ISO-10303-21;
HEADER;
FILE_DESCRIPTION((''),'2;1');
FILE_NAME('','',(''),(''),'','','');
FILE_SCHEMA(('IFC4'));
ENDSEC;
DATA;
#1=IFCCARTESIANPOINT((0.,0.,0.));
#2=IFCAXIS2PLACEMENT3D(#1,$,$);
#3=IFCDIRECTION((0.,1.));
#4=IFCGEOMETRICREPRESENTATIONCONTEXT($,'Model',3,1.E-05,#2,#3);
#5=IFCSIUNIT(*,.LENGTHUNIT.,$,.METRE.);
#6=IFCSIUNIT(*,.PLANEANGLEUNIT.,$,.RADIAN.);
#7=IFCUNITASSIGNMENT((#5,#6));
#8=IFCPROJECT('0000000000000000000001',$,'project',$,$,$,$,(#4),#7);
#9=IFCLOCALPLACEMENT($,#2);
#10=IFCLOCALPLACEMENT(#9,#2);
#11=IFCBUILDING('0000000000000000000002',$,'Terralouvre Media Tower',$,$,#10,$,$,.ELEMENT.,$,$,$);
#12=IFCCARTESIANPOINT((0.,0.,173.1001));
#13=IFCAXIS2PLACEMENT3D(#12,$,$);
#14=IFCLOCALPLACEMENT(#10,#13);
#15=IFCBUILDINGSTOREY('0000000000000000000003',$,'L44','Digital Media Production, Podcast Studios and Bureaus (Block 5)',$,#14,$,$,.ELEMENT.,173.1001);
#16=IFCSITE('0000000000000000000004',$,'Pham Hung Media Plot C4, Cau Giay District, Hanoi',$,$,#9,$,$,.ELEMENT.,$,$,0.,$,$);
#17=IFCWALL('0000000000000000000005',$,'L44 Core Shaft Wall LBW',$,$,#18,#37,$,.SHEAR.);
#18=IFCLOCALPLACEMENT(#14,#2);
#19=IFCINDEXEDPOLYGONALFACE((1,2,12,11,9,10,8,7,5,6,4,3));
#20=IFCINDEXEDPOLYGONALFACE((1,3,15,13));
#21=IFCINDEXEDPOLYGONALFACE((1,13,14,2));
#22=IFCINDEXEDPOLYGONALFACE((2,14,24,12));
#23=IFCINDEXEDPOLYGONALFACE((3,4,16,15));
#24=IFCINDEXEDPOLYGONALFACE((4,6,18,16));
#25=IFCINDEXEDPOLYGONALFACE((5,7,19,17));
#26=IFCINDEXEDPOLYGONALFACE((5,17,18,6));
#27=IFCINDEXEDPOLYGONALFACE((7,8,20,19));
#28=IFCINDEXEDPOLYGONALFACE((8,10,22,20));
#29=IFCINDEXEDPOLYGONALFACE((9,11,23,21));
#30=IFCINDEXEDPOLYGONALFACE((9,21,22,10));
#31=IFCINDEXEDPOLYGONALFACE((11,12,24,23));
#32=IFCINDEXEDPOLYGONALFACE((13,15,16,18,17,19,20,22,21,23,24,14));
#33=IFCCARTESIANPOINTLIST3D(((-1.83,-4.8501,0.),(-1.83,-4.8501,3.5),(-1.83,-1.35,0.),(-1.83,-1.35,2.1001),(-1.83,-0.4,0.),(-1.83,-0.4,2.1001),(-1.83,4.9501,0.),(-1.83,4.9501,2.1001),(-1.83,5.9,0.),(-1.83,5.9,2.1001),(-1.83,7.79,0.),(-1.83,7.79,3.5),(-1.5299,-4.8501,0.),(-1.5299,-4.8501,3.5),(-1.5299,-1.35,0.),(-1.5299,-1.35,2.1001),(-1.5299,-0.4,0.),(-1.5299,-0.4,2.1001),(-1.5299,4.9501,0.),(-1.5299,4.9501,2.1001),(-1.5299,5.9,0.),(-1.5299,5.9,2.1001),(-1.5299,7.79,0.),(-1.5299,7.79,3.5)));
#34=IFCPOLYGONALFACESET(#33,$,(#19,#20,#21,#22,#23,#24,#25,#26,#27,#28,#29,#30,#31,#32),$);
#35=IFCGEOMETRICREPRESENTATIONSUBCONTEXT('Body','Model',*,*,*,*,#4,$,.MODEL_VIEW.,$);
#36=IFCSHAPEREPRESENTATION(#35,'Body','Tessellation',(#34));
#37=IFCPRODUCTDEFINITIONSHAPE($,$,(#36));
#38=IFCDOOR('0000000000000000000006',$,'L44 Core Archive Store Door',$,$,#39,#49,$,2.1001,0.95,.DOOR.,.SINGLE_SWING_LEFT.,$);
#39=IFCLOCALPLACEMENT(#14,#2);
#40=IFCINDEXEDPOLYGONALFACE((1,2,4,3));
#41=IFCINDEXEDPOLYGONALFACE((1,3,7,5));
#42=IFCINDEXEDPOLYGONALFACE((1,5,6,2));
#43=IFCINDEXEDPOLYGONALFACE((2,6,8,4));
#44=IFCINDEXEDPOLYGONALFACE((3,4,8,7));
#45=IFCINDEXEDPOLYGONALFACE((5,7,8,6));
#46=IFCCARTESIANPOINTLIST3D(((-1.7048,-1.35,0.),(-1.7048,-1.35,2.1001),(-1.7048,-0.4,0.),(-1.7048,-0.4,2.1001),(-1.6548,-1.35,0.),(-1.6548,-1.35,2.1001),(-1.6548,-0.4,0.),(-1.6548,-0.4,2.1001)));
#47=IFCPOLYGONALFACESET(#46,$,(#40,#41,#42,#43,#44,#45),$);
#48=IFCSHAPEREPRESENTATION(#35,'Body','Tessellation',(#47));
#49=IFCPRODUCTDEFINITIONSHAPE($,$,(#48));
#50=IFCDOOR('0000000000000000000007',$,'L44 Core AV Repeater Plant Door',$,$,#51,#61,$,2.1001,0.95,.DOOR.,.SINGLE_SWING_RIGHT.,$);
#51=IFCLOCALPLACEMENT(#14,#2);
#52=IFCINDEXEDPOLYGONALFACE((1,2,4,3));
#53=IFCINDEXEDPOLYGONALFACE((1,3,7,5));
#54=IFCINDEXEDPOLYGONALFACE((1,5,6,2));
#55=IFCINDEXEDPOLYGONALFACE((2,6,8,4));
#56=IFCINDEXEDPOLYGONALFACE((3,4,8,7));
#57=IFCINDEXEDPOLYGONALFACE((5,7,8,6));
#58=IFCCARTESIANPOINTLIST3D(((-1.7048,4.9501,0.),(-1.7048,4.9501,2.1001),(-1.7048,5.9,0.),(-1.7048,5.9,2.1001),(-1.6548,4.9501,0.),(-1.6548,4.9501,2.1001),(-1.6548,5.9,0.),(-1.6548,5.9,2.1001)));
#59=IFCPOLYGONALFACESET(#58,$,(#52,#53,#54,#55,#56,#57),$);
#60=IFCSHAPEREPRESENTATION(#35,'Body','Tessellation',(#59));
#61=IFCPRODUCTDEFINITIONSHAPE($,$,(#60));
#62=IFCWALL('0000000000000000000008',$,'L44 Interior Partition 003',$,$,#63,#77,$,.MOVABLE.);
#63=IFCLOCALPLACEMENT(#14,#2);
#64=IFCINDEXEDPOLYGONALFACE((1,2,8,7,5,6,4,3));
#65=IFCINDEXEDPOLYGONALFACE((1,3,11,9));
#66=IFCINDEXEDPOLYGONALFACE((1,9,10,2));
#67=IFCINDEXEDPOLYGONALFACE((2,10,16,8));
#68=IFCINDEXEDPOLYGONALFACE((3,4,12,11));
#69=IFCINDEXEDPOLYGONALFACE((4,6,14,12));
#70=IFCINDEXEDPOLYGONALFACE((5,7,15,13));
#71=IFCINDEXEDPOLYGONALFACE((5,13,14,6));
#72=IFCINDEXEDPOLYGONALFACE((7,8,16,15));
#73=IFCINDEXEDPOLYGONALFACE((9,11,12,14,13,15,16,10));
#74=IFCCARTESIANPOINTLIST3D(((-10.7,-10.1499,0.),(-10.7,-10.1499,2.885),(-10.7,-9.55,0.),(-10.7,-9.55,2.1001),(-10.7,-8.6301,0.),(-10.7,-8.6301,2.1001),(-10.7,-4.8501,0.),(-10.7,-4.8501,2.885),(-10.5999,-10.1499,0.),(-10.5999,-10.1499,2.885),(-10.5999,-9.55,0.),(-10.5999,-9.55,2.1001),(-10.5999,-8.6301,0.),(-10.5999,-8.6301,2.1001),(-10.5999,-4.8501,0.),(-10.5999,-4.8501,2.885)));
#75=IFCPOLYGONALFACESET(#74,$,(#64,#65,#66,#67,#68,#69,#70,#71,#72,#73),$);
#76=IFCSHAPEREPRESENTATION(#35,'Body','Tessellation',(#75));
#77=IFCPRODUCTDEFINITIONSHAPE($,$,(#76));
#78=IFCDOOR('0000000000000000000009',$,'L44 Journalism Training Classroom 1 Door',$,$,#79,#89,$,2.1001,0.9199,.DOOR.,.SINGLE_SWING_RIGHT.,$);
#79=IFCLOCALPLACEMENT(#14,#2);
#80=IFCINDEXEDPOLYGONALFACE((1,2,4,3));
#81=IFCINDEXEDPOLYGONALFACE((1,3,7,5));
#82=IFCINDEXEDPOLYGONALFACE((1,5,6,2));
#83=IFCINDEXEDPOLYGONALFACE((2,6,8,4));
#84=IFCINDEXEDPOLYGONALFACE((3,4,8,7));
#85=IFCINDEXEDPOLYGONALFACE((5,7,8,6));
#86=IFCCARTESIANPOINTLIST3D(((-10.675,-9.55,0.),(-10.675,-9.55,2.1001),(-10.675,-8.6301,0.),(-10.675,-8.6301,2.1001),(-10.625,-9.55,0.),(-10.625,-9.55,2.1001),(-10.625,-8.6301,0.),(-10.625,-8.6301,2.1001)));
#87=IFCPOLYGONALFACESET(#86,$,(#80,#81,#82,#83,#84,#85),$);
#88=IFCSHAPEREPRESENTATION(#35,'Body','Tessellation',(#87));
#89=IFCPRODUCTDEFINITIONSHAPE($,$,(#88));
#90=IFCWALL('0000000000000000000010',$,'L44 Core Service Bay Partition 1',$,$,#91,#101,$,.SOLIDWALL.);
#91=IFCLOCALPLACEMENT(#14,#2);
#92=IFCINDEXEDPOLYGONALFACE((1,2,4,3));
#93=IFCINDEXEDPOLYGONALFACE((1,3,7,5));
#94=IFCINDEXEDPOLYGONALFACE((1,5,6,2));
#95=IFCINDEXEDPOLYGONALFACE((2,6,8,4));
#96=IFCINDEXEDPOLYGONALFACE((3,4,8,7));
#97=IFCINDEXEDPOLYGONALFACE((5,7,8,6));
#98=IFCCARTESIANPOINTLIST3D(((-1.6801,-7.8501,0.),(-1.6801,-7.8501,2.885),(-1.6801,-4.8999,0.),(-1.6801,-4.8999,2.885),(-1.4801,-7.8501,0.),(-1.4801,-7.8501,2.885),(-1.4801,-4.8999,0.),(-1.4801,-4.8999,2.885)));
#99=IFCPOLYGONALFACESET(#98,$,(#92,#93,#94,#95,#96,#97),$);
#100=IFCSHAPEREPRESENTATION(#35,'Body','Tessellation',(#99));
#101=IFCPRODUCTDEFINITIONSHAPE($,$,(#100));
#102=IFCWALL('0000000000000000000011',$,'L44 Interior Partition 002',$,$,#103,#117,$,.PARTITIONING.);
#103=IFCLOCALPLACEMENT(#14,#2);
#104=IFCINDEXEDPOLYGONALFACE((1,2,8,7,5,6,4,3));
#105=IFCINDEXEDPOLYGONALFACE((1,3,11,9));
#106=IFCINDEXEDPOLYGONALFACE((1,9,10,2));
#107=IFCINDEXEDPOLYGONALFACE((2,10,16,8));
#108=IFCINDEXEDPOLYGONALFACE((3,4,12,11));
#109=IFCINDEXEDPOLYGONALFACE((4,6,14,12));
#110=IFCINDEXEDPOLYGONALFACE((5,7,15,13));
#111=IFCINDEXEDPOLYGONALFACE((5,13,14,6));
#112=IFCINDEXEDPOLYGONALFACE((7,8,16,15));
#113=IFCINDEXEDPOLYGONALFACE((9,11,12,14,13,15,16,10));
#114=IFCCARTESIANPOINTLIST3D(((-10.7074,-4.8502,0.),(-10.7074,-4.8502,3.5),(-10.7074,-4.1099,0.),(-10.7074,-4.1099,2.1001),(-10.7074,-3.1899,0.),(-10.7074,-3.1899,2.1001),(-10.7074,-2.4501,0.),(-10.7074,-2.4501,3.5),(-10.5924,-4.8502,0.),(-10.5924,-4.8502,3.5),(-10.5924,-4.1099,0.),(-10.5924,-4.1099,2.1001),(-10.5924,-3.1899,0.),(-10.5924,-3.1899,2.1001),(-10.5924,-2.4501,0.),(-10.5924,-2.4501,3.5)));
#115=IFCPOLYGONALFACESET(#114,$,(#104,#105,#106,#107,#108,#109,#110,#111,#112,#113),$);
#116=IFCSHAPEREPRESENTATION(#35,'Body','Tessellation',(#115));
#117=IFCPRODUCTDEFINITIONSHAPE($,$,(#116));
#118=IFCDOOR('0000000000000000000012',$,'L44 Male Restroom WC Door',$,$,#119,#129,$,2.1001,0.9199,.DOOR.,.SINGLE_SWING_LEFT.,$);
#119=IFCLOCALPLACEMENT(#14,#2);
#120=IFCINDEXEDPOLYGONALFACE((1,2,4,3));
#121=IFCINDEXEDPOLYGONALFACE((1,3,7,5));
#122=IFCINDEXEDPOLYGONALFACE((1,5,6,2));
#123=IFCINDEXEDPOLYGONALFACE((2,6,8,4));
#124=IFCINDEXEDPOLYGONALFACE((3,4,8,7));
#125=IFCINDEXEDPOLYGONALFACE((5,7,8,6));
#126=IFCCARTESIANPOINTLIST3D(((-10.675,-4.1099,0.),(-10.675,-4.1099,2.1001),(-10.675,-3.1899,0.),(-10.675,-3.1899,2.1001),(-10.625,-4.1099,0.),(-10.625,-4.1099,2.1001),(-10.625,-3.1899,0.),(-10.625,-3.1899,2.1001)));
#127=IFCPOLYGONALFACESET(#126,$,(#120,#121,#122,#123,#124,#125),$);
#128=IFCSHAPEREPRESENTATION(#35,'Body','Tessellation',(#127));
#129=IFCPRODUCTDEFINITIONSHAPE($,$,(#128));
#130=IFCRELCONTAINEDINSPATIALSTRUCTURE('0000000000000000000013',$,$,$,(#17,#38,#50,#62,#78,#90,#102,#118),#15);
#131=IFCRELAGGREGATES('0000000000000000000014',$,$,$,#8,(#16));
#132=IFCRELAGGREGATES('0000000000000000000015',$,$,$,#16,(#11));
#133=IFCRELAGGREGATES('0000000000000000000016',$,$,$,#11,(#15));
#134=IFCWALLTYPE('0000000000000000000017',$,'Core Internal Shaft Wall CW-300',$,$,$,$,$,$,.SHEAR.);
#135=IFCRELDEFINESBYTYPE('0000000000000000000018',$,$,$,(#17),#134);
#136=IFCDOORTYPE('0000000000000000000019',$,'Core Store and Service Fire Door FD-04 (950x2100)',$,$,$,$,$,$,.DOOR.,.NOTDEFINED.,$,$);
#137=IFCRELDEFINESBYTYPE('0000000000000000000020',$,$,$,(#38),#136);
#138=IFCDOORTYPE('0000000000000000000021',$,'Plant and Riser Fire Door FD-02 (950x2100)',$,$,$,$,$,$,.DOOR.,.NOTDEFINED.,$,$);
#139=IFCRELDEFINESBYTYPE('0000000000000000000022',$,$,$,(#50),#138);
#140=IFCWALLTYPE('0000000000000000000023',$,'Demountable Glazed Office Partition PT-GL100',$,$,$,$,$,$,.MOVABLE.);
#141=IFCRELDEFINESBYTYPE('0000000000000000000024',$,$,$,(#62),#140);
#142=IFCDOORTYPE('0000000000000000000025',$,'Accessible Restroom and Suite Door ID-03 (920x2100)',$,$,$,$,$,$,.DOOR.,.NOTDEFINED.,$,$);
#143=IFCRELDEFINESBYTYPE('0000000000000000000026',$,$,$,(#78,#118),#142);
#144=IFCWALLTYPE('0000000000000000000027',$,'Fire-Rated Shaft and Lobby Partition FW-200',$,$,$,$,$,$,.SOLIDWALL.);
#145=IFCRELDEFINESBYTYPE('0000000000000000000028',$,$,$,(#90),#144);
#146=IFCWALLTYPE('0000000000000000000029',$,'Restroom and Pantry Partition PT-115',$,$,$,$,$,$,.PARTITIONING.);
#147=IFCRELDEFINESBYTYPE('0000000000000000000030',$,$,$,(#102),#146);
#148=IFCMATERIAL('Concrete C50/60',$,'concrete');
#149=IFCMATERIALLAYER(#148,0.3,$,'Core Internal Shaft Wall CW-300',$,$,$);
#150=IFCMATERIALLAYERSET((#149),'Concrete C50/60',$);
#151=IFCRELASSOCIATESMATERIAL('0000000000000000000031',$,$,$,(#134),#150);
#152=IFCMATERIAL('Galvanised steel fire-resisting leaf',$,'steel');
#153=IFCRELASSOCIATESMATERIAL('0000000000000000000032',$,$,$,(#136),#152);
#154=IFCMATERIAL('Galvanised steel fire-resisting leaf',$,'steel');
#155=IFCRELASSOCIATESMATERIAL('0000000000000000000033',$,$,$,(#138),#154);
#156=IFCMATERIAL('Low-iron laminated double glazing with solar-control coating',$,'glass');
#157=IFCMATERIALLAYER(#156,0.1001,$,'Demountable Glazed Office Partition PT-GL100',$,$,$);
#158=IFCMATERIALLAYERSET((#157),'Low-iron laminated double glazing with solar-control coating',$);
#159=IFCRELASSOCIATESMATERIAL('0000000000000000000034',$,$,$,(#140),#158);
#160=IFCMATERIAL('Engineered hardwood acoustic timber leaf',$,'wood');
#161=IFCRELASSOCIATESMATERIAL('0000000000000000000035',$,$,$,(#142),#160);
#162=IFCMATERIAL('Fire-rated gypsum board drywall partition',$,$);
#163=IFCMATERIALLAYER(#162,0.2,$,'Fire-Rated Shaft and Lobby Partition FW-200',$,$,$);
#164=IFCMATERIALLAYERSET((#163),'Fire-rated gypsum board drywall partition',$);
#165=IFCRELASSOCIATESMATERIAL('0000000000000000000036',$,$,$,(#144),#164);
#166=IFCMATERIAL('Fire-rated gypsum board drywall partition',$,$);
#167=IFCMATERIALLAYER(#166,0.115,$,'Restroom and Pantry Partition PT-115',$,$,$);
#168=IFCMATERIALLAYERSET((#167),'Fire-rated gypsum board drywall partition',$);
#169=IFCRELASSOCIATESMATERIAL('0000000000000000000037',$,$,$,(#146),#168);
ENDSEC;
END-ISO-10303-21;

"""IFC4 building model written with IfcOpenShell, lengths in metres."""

from ifc_helpers import new_model, si_unit, direction, frame, frame_2d, origin, place, context, subcontext, project, spatial, rectangle, extrude, material, layer, layer_set, type_object, element, fill, save


model = new_model("IFC4")

# Units and contexts
model_context = context("Model", 3, precision=1e-05, world=origin(), true_north=direction((0.0, 1.0)))
body_context = subcontext(model_context, "Body", "Model", "MODEL_VIEW")
ifc_project = project(units=[si_unit("LENGTHUNIT", "METRE"), si_unit("PLANEANGLEUNIT", "RADIAN")], contexts=[model_context])

# Site, building, storey
site_placement = place(None, origin())
site = spatial("IfcSite", under=ifc_project, at=site_placement, Name="Pham Hung Media Plot C4, Cau Giay District, Hanoi", CompositionType="ELEMENT", RefElevation=0.0)
building_placement = place(site_placement, origin())
building = spatial("IfcBuilding", under=site, at=building_placement, Name="Terralouvre Media Tower", CompositionType="ELEMENT")
storey_placement = place(building_placement, frame((0.0, 0.0, 173.1001)))
storey = spatial("IfcBuildingStorey", under=building, at=storey_placement, Name="L44", Description="Digital Media Production, Podcast Studios and Bureaus (Block 5)", CompositionType="ELEMENT", Elevation=173.1001)

# Shared definitions
ifc_material_1 = material(Name="Concrete C50/60", Category="concrete")
ifc_layer_1 = layer(ifc_material_1, 0.3, Name="Core Internal Shaft Wall CW-300")
ifc_layer_set_1 = layer_set([ifc_layer_1], Name="Concrete C50/60")
wall_type_1 = type_object("IfcWallType", Name="Core Internal Shaft Wall CW-300", PredefinedType="SHEAR", material=ifc_layer_set_1)

# Wall, openings, doors
wall_1_placement = place(storey_placement, frame((-1.6799, -4.8501, 0.0), z_axis=(0.0, 0.0, 1.0), x_axis=(0.0, 1.0, 0.0)))
wall_1 = element("IfcWall", 1, at=wall_1_placement, inside=storey, type_object=wall_type_1, Name="L44 Core Shaft Wall LBW", PredefinedType="SHEAR", context=body_context, shape_type="SweptSolid", body=[
    extrude(rectangle(XDim=12.6401, YDim=0.3, at=frame_2d((6.3201, 0.0))), origin(), (0.0, 0.0, 1.0), 3.5),
])
opening_1_placement = place(wall_1_placement, frame((3.5, 0.0, 0.0)))
opening_1 = element("IfcOpeningElement", 2, at=opening_1_placement, cuts=wall_1, PredefinedType="OPENING", context=body_context, shape_type="SweptSolid", body=[
    extrude(rectangle(XDim=0.95, YDim=2.1001, at=frame_2d((0.4751, 1.05))), frame((0.0, 0.1599, 0.0), z_axis=(0.0, -1.0, 0.0), x_axis=(1.0, 0.0, 0.0)), (0.0, 0.0, 1.0), 0.3201),
])
opening_2_placement = place(wall_1_placement, frame((9.8, 0.0, 0.0)))
opening_2 = element("IfcOpeningElement", 3, at=opening_2_placement, cuts=wall_1, PredefinedType="OPENING", context=body_context, shape_type="SweptSolid", body=[
    extrude(rectangle(XDim=0.95, YDim=2.1001, at=frame_2d((0.4751, 1.05))), frame((0.0, 0.1599, 0.0), z_axis=(0.0, -1.0, 0.0), x_axis=(1.0, 0.0, 0.0)), (0.0, 0.0, 1.0), 0.3201),
])
ifc_material_2 = material(Name="Galvanised steel fire-resisting leaf", Category="steel")
door_type_1 = type_object("IfcDoorType", Name="Core Store and Service Fire Door FD-04 (950x2100)", OperationType="NOTDEFINED", PredefinedType="DOOR", material=ifc_material_2)
door_1_placement = place(opening_1_placement, origin())
door_1 = element("IfcDoor", 4, at=door_1_placement, inside=storey, type_object=door_type_1, Name="L44 Core Archive Store Door", OperationType="SINGLE_SWING_LEFT", OverallHeight=2.1001, OverallWidth=0.95, PredefinedType="DOOR", context=body_context, shape_type="SweptSolid", body=[
    extrude(rectangle(XDim=0.95, YDim=2.1001, at=frame_2d((0.4751, 1.05))), frame((0.0, 0.0249, 0.0), z_axis=(0.0, -1.0, 0.0), x_axis=(1.0, 0.0, 0.0)), (0.0, 0.0, 1.0), 0.05),
])
fill(opening_1, door_1)
ifc_material_3 = material(Name="Galvanised steel fire-resisting leaf", Category="steel")
door_type_2 = type_object("IfcDoorType", Name="Plant and Riser Fire Door FD-02 (950x2100)", OperationType="NOTDEFINED", PredefinedType="DOOR", material=ifc_material_3)
door_2_placement = place(opening_2_placement, origin())
door_2 = element("IfcDoor", 5, at=door_2_placement, inside=storey, type_object=door_type_2, Name="L44 Core AV Repeater Plant Door", OperationType="SINGLE_SWING_RIGHT", OverallHeight=2.1001, OverallWidth=0.95, PredefinedType="DOOR", context=body_context, shape_type="SweptSolid", body=[
    extrude(rectangle(XDim=0.95, YDim=2.1001, at=frame_2d((0.4751, 1.05))), frame((0.0, 0.0249, 0.0), z_axis=(0.0, -1.0, 0.0), x_axis=(1.0, 0.0, 0.0)), (0.0, 0.0, 1.0), 0.05),
])
fill(opening_2, door_2)

# Wall, opening, door
ifc_material_4 = material(Name="Low-iron laminated double glazing with solar-control coating", Category="glass")
ifc_layer_2 = layer(ifc_material_4, 0.1001, Name="Demountable Glazed Office Partition PT-GL100")
ifc_layer_set_2 = layer_set([ifc_layer_2], Name="Low-iron laminated double glazing with solar-control coating")
wall_type_2 = type_object("IfcWallType", Name="Demountable Glazed Office Partition PT-GL100", PredefinedType="MOVABLE", material=ifc_layer_set_2)
wall_2_placement = place(storey_placement, frame((-10.6499, -4.8501, 0.0), z_axis=(0.0, 0.0, 1.0), x_axis=(0.0, -1.0, 0.0)))
wall_2 = element("IfcWall", 6, at=wall_2_placement, inside=storey, type_object=wall_type_2, Name="L44 Interior Partition 003", PredefinedType="MOVABLE", context=body_context, shape_type="SweptSolid", body=[
    extrude(rectangle(XDim=5.2998, YDim=0.1001, at=frame_2d((2.6499, 0.0))), origin(), (0.0, 0.0, 1.0), 2.885),
])
opening_3_placement = place(wall_2_placement, frame((3.78, 0.0, 0.0)))
opening_3 = element("IfcOpeningElement", 7, at=opening_3_placement, cuts=wall_2, PredefinedType="OPENING", context=body_context, shape_type="SweptSolid", body=[
    extrude(rectangle(XDim=0.9199, YDim=2.1001, at=frame_2d((0.46, 1.05))), frame((0.0, 0.0601, 0.0), z_axis=(0.0, -1.0, 0.0), x_axis=(1.0, 0.0, 0.0)), (0.0, 0.0, 1.0), 0.1201),
])
ifc_material_5 = material(Name="Engineered hardwood acoustic timber leaf", Category="wood")
door_type_3 = type_object("IfcDoorType", Name="Accessible Restroom and Suite Door ID-03 (920x2100)", OperationType="NOTDEFINED", PredefinedType="DOOR", material=ifc_material_5)
door_3_placement = place(opening_3_placement, origin())
door_3 = element("IfcDoor", 8, at=door_3_placement, inside=storey, type_object=door_type_3, Name="L44 Journalism Training Classroom 1 Door", OperationType="SINGLE_SWING_RIGHT", OverallHeight=2.1001, OverallWidth=0.9199, PredefinedType="DOOR", context=body_context, shape_type="SweptSolid", body=[
    extrude(rectangle(XDim=0.9199, YDim=2.1001, at=frame_2d((0.46, 1.05))), frame((0.0, 0.0249, 0.0), z_axis=(0.0, -1.0, 0.0), x_axis=(1.0, 0.0, 0.0)), (0.0, 0.0, 1.0), 0.05),
])
fill(opening_3, door_3)

# Wall
ifc_material_6 = material(Name="Fire-rated gypsum board drywall partition")
ifc_layer_3 = layer(ifc_material_6, 0.2, Name="Fire-Rated Shaft and Lobby Partition FW-200")
ifc_layer_set_3 = layer_set([ifc_layer_3], Name="Fire-rated gypsum board drywall partition")
wall_type_3 = type_object("IfcWallType", Name="Fire-Rated Shaft and Lobby Partition FW-200", PredefinedType="SOLIDWALL", material=ifc_layer_set_3)
wall_3_placement = place(storey_placement, frame((-1.5801, -7.8501, 0.0), z_axis=(0.0, 0.0, 1.0), x_axis=(0.0, 1.0, 0.0)))
element("IfcWall", 9, at=wall_3_placement, inside=storey, type_object=wall_type_3, Name="L44 Core Service Bay Partition 1", PredefinedType="SOLIDWALL", context=body_context, shape_type="SweptSolid", body=[
    extrude(rectangle(XDim=2.9502, YDim=0.2, at=frame_2d((1.4751, 0.0))), origin(), (0.0, 0.0, 1.0), 2.885),
])

# Wall, opening, door
ifc_material_7 = material(Name="Fire-rated gypsum board drywall partition")
ifc_layer_4 = layer(ifc_material_7, 0.115, Name="Restroom and Pantry Partition PT-115")
ifc_layer_set_4 = layer_set([ifc_layer_4], Name="Fire-rated gypsum board drywall partition")
wall_type_4 = type_object("IfcWallType", Name="Restroom and Pantry Partition PT-115", PredefinedType="PARTITIONING", material=ifc_layer_set_4)
wall_4_placement = place(storey_placement, frame((-10.6499, -2.45, 0.0), z_axis=(0.0, 0.0, 1.0), x_axis=(0.0, -1.0, 0.0)))
wall_4 = element("IfcWall", 10, at=wall_4_placement, inside=storey, type_object=wall_type_4, Name="L44 Interior Partition 002", PredefinedType="PARTITIONING", context=body_context, shape_type="SweptSolid", body=[
    extrude(rectangle(XDim=2.4001, YDim=0.115, at=frame_2d((1.2002, 0.0))), origin(), (0.0, 0.0, 1.0), 3.5),
])
opening_4_placement = place(wall_4_placement, frame((0.74, 0.0, 0.0)))
opening_4 = element("IfcOpeningElement", 11, at=opening_4_placement, cuts=wall_4, PredefinedType="OPENING", context=body_context, shape_type="SweptSolid", body=[
    extrude(rectangle(XDim=0.9199, YDim=2.1001, at=frame_2d((0.46, 1.05))), frame((0.0, 0.0674, 0.0), z_axis=(0.0, -1.0, 0.0), x_axis=(1.0, 0.0, 0.0)), (0.0, 0.0, 1.0), 0.135),
])
door_4_placement = place(opening_4_placement, origin())
door_4 = element("IfcDoor", 12, at=door_4_placement, inside=storey, type_object=door_type_3, Name="L44 Male Restroom WC Door", OperationType="SINGLE_SWING_LEFT", OverallHeight=2.1001, OverallWidth=0.9199, PredefinedType="DOOR", context=body_context, shape_type="SweptSolid", body=[
    extrude(rectangle(XDim=0.9199, YDim=2.1001, at=frame_2d((0.46, 1.05))), frame((0.0, 0.0249, 0.0), z_axis=(0.0, -1.0, 0.0), x_axis=(1.0, 0.0, 0.0)), (0.0, 0.0, 1.0), 0.05),
])
fill(opening_4, door_4)

save(model, "model.ifc")
